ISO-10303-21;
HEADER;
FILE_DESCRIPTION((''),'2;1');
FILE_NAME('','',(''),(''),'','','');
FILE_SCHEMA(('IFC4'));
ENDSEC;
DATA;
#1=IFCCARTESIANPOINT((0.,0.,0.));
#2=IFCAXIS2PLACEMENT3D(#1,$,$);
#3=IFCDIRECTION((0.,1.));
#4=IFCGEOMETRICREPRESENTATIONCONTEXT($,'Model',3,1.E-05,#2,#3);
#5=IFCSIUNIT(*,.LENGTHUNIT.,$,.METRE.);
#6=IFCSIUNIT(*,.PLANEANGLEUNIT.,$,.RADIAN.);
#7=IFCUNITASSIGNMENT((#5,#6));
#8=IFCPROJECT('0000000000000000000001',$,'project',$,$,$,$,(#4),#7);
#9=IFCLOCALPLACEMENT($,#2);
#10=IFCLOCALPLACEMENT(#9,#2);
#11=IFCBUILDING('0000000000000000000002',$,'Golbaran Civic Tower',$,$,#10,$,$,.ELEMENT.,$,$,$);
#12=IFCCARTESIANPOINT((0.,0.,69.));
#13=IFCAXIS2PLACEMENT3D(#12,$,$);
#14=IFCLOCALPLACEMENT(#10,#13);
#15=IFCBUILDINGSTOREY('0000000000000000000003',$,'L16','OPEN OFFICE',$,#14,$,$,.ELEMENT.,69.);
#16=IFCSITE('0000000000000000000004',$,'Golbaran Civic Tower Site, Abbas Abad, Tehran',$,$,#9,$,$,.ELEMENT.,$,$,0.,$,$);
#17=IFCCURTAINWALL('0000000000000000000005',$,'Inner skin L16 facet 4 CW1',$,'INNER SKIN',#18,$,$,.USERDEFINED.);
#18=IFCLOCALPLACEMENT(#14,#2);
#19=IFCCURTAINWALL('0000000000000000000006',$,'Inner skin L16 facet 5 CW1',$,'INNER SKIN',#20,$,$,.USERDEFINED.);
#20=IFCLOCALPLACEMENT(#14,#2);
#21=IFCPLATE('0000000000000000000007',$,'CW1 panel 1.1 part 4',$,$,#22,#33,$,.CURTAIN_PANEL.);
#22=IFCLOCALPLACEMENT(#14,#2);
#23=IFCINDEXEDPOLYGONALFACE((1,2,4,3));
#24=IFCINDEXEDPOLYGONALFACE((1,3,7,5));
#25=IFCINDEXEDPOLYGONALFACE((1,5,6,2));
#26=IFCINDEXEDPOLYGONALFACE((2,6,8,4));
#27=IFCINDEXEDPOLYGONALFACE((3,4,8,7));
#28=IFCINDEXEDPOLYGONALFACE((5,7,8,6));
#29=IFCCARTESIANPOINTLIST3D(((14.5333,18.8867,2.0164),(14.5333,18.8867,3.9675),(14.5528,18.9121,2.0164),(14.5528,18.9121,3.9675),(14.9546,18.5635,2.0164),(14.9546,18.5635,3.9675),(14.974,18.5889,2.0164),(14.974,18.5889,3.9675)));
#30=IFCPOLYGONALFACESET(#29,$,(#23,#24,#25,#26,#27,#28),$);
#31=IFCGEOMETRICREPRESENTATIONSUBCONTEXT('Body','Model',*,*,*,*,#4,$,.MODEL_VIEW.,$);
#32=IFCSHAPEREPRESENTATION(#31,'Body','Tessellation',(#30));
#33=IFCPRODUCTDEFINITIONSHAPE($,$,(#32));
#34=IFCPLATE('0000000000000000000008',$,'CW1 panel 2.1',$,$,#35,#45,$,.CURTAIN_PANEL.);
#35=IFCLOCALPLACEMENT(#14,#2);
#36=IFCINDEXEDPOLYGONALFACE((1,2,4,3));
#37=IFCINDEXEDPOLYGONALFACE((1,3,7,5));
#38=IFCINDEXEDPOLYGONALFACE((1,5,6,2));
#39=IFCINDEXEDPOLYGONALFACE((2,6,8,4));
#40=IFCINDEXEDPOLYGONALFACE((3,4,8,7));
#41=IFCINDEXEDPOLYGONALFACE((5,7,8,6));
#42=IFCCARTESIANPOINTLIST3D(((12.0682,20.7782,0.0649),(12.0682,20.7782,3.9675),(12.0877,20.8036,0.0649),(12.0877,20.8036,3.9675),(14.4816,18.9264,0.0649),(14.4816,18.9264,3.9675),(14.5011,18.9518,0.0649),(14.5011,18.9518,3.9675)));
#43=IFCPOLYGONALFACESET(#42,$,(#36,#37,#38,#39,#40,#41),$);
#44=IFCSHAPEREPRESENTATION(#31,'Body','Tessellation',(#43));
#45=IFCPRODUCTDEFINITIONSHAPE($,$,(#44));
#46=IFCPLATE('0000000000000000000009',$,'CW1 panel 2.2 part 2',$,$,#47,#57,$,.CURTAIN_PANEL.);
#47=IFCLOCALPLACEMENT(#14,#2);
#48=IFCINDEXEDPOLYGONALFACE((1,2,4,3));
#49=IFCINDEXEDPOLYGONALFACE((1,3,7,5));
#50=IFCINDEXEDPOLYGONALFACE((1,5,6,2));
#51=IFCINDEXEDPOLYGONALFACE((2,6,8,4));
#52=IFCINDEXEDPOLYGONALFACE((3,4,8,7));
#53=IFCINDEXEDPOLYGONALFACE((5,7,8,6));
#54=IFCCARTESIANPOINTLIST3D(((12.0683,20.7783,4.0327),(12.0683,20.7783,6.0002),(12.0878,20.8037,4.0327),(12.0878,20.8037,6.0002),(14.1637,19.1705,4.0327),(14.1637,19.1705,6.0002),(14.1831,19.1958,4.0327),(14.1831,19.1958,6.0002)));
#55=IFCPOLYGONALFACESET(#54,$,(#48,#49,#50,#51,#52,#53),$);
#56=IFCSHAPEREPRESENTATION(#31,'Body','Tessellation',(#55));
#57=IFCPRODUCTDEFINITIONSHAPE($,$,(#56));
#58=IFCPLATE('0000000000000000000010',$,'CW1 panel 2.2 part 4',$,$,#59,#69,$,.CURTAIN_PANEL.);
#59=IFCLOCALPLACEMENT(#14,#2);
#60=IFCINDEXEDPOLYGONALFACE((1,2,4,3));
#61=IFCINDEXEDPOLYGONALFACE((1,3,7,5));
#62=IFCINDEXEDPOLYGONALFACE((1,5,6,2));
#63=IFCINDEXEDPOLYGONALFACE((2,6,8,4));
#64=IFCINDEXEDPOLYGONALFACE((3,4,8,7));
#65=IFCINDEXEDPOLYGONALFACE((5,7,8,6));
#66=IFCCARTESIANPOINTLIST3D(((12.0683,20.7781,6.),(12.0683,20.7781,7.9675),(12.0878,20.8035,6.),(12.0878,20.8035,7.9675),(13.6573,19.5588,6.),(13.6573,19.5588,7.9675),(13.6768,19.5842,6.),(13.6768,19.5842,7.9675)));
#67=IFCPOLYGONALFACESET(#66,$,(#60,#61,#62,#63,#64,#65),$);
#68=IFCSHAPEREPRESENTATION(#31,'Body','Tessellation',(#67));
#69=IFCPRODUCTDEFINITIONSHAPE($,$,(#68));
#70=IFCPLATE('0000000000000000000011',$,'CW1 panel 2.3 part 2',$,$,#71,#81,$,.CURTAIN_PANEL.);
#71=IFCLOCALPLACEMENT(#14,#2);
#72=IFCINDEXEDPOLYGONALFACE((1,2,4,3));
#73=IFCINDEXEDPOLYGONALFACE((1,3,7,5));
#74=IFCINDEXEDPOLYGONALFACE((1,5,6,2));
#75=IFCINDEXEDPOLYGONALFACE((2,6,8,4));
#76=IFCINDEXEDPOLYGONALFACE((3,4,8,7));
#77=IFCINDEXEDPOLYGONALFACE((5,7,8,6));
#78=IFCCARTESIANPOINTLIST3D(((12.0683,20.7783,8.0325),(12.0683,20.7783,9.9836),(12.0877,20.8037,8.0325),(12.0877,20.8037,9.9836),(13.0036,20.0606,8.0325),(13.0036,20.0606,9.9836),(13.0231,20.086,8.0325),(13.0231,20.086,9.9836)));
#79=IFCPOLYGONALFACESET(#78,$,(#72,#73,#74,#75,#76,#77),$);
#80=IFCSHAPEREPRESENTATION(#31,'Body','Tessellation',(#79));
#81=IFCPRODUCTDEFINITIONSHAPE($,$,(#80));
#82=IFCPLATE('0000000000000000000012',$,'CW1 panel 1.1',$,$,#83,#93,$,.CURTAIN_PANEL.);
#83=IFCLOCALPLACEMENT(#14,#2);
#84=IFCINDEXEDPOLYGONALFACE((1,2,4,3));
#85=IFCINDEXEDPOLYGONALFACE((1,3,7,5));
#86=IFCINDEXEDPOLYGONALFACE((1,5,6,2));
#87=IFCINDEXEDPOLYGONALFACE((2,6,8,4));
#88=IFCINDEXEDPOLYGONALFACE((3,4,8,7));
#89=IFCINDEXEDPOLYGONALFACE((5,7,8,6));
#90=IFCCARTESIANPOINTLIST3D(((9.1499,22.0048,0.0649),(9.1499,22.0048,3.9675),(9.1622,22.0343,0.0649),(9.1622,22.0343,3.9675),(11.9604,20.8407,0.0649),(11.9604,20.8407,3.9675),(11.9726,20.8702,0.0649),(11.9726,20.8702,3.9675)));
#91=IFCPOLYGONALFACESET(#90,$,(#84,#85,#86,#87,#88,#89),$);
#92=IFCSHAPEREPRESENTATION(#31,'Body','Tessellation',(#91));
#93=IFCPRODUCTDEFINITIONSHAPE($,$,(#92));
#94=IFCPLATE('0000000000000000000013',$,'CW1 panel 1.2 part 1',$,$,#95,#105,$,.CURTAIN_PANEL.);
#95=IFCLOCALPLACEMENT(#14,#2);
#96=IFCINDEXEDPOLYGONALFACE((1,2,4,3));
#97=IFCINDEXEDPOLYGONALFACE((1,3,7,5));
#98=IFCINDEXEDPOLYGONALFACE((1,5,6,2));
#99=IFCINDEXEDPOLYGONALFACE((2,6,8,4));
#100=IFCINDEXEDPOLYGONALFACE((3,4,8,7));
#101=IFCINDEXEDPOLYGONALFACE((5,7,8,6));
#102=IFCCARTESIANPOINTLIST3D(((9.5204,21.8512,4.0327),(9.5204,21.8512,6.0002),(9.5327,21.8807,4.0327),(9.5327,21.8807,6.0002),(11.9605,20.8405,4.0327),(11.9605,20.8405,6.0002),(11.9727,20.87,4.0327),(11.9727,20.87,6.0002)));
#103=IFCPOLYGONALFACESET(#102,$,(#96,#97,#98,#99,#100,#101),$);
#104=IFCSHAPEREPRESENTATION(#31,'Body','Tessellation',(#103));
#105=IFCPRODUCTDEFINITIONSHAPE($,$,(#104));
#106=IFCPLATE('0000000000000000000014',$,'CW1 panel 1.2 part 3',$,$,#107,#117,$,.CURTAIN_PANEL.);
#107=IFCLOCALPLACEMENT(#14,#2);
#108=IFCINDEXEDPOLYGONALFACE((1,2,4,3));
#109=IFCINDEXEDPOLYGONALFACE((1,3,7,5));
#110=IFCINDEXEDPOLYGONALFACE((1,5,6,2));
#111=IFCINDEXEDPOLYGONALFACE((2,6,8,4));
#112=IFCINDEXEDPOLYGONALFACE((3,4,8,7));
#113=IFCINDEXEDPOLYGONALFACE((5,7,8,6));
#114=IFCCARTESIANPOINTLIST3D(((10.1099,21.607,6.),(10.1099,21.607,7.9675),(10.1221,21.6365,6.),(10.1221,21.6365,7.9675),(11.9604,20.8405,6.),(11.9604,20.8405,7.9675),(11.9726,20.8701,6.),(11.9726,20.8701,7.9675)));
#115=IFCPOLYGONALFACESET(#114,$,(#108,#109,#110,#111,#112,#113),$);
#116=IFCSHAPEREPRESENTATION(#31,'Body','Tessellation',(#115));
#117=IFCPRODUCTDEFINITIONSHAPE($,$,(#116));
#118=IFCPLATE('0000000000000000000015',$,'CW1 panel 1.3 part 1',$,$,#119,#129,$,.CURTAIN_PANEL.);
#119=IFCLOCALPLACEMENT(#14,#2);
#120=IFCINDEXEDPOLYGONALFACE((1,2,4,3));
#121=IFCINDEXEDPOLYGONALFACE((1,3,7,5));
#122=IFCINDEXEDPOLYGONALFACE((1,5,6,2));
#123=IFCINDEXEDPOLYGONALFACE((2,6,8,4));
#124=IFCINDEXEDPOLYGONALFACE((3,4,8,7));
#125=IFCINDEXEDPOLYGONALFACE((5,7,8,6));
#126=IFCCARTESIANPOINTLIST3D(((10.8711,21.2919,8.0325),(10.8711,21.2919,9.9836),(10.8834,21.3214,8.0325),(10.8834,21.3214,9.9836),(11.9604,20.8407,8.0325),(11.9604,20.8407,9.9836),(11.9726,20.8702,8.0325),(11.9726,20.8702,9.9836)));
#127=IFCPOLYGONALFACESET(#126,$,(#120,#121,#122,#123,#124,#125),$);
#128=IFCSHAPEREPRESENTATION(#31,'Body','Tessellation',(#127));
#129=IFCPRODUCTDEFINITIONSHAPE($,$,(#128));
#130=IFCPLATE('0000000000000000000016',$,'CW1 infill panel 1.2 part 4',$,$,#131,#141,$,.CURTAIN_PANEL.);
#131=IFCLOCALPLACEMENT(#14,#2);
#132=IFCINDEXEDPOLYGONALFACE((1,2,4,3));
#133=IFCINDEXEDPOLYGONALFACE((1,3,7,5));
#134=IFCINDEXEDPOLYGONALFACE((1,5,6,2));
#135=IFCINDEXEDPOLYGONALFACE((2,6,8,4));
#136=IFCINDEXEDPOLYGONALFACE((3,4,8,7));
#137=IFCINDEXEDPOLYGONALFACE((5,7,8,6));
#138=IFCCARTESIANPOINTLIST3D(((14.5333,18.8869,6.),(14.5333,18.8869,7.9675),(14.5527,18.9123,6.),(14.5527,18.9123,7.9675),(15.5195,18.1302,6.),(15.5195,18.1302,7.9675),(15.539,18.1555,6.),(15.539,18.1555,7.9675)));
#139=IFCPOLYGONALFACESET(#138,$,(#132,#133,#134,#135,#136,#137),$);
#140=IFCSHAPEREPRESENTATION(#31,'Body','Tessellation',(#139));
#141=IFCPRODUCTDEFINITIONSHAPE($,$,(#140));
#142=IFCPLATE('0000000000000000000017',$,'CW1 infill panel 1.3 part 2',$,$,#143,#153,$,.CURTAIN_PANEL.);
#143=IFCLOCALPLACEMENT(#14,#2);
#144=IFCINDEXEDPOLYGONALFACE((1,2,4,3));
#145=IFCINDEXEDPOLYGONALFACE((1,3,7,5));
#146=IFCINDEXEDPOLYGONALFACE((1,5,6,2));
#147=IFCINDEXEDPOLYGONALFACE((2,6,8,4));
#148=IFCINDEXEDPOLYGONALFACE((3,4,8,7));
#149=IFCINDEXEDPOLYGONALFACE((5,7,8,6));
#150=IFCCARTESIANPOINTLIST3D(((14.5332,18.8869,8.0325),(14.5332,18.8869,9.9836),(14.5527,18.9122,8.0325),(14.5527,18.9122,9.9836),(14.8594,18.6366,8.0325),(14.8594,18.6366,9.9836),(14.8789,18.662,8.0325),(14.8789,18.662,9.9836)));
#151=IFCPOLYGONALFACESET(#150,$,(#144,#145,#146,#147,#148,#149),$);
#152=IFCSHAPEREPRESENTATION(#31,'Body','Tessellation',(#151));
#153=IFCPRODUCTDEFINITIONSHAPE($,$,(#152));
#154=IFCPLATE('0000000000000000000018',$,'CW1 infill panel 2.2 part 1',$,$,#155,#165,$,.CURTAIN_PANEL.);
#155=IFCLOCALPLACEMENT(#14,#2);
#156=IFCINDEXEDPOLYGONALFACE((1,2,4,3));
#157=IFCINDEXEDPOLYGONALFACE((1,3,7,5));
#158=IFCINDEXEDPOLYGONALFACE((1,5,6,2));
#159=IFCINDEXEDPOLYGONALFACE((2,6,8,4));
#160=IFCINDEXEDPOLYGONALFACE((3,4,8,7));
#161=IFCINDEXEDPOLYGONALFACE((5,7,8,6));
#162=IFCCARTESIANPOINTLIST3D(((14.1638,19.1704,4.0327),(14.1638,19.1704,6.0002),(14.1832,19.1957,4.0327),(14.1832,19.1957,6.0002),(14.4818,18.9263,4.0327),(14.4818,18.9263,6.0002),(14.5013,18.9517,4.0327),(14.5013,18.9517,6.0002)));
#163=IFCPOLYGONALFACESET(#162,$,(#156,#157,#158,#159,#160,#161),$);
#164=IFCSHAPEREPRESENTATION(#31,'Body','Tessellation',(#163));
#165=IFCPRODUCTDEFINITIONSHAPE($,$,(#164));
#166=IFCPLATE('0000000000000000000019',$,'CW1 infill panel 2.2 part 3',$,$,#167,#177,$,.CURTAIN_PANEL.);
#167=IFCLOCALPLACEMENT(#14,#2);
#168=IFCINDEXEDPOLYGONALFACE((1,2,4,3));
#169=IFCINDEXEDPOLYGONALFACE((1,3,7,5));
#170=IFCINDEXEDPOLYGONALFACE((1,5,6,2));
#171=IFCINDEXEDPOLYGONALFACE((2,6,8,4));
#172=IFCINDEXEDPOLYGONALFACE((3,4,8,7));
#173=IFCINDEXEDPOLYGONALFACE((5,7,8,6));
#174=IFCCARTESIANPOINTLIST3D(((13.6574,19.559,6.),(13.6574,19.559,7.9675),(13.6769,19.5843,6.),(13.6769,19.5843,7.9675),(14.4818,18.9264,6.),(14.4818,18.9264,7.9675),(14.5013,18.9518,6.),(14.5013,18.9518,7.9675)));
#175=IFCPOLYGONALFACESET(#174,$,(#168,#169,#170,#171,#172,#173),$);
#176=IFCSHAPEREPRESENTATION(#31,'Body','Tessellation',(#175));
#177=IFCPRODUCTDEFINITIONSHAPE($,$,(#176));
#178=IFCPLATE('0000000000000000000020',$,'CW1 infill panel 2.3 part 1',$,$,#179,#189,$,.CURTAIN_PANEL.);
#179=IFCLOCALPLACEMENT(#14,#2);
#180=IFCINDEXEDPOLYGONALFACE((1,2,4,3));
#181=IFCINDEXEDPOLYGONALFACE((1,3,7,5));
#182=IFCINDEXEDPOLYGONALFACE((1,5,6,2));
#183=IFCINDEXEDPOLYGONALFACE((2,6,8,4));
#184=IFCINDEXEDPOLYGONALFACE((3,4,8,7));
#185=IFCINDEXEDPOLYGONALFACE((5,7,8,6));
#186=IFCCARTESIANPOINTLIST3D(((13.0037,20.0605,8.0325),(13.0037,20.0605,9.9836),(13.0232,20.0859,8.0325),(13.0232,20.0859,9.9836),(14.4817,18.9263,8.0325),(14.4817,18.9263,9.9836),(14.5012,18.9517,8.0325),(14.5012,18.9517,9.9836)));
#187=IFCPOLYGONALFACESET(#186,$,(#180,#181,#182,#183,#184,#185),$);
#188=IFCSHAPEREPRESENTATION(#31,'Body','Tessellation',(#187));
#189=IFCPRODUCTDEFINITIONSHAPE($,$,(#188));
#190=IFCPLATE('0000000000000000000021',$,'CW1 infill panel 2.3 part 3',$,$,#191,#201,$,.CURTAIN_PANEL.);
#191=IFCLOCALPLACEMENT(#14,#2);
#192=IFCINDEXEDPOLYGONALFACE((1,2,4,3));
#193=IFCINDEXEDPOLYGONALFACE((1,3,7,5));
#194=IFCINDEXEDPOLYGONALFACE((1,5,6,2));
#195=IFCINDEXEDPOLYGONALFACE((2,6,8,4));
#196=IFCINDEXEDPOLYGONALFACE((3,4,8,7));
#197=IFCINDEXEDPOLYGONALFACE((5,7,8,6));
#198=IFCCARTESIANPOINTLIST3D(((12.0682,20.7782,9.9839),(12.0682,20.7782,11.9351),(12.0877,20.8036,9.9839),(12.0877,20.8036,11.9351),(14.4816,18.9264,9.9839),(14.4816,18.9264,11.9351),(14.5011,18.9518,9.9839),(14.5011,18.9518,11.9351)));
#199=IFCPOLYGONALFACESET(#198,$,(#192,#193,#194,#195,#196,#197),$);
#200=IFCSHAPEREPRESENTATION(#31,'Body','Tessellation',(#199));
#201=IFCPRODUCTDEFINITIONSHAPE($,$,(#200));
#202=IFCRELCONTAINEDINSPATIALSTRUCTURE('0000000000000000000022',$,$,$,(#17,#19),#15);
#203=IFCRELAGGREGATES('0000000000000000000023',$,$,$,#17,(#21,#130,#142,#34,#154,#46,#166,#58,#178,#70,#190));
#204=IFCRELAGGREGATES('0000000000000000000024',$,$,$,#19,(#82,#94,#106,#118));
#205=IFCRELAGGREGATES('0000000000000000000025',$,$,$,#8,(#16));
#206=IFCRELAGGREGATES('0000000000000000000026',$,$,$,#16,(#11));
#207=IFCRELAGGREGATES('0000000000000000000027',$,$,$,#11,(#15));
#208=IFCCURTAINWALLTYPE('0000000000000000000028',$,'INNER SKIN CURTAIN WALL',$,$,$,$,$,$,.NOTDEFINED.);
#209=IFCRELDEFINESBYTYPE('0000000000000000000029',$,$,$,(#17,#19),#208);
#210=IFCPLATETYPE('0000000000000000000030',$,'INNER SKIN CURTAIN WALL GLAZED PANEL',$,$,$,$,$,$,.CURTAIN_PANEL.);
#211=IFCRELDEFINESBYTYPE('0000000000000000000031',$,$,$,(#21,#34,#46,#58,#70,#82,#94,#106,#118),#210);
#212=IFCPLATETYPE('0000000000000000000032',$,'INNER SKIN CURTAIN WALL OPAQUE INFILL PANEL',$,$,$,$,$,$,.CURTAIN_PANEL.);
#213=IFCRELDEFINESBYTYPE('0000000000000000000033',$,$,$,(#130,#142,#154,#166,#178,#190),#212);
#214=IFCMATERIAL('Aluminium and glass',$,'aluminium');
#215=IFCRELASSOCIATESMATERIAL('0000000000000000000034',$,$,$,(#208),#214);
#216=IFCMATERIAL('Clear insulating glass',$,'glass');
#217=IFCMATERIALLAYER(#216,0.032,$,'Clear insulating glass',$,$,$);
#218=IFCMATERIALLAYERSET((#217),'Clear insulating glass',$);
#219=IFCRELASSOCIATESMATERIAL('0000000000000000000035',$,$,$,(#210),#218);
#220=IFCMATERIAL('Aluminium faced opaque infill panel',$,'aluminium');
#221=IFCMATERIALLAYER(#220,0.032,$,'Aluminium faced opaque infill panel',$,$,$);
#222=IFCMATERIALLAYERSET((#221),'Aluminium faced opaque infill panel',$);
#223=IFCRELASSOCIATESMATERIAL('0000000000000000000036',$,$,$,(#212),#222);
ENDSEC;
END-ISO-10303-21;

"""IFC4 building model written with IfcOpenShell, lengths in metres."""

from ifc_helpers import new_model, si_unit, direction, frame, origin, origin_2d, place, context, subcontext, project, spatial, rectangle, extrude, material, layer, layer_set, type_object, element, aggregate, save


model = new_model("IFC4")

# Units and contexts
model_context = context("Model", 3, precision=1e-05, world=origin(), true_north=direction((0.0, 1.0)))
body_context = subcontext(model_context, "Body", "Model", "MODEL_VIEW")
ifc_project = project(units=[si_unit("LENGTHUNIT", "METRE"), si_unit("PLANEANGLEUNIT", "RADIAN")], contexts=[model_context])

# Site, building, storey
site_placement = place(None, origin())
site = spatial("IfcSite", under=ifc_project, at=site_placement, Name="Golbaran Civic Tower Site, Abbas Abad, Tehran", CompositionType="ELEMENT", RefElevation=0.0)
building_placement = place(site_placement, origin())
building = spatial("IfcBuilding", under=site, at=building_placement, Name="Golbaran Civic Tower", CompositionType="ELEMENT")
storey_placement = place(building_placement, frame((0.0, 0.0, 69.0)))
storey = spatial("IfcBuildingStorey", under=building, at=storey_placement, Name="L16", Description="OPEN OFFICE", CompositionType="ELEMENT", Elevation=69.0)

# Curtain walls
ifc_material_1 = material(Name="Aluminium and glass", Category="aluminium")
curtain_wall_type_1 = type_object("IfcCurtainWallType", Name="INNER SKIN CURTAIN WALL", PredefinedType="NOTDEFINED", material=ifc_material_1)
curtain_wall_1_placement = place(storey_placement, origin())
curtain_wall_1 = element("IfcCurtainWall", 1, at=curtain_wall_1_placement, inside=storey, type_object=curtain_wall_type_1, Name="Inner skin L16 facet 4 CW1", ObjectType="INNER SKIN", PredefinedType="USERDEFINED")
curtain_wall_2_placement = place(storey_placement, origin())
curtain_wall_2 = element("IfcCurtainWall", 2, at=curtain_wall_2_placement, inside=storey, type_object=curtain_wall_type_1, Name="Inner skin L16 facet 5 CW1", ObjectType="INNER SKIN", PredefinedType="USERDEFINED")

# Plates
ifc_material_2 = material(Name="Clear insulating glass", Category="glass")
ifc_layer_1 = layer(ifc_material_2, 0.032, Name="Clear insulating glass")
ifc_layer_set_1 = layer_set([ifc_layer_1], Name="Clear insulating glass")
plate_type_1 = type_object("IfcPlateType", Name="INNER SKIN CURTAIN WALL GLAZED PANEL", PredefinedType="CURTAIN_PANEL", material=ifc_layer_set_1)
plate_1_placement = place(storey_placement, frame((14.7537, 18.7378, 2.0164), z_axis=(0.0, 0.0, 1.0), x_axis=(-0.793353, 0.608761, 0.0)))
plate_1 = element("IfcPlate", 3, at=plate_1_placement, type_object=plate_type_1, Name="CW1 panel 1.1 part 4", PredefinedType="CURTAIN_PANEL", context=body_context, shape_type="SweptSolid", body=[
    extrude(rectangle(XDim=0.531, YDim=0.032, at=origin_2d()), origin(), (0.0, 0.0, 1.0), 1.9512),
])
plate_2_placement = place(storey_placement, frame((13.2847, 19.865, 0.0649), z_axis=(0.0, 0.0, 1.0), x_axis=(-0.793353, 0.608761, 0.0)))
plate_2 = element("IfcPlate", 4, at=plate_2_placement, type_object=plate_type_1, Name="CW1 panel 2.1", PredefinedType="CURTAIN_PANEL", context=body_context, shape_type="SweptSolid", body=[
    extrude(rectangle(XDim=3.042, YDim=0.032, at=origin_2d()), origin(), (0.0, 0.0, 1.0), 3.9026),
])
plate_3_placement = place(storey_placement, frame((13.1257, 19.9871, 4.0327), z_axis=(0.0, 0.0, 1.0), x_axis=(-0.793353, 0.608761, 0.0)))
plate_3 = element("IfcPlate", 5, at=plate_3_placement, type_object=plate_type_1, Name="CW1 panel 2.2 part 2", PredefinedType="CURTAIN_PANEL", context=body_context, shape_type="SweptSolid", body=[
    extrude(rectangle(XDim=2.6411, YDim=0.032, at=origin_2d()), origin(), (0.0, 0.0, 1.0), 1.9675),
])
plate_4_placement = place(storey_placement, frame((12.8726, 20.1812, 6.0), z_axis=(0.0, 0.0, 1.0), x_axis=(-0.793353, 0.608761, 0.0)))
plate_4 = element("IfcPlate", 6, at=plate_4_placement, type_object=plate_type_1, Name="CW1 panel 2.2 part 4", PredefinedType="CURTAIN_PANEL", context=body_context, shape_type="SweptSolid", body=[
    extrude(rectangle(XDim=2.0029, YDim=0.032, at=origin_2d()), origin(), (0.0, 0.0, 1.0), 1.9675),
])
plate_5_placement = place(storey_placement, frame((12.5457, 20.4321, 8.0325), z_axis=(0.0, 0.0, 1.0), x_axis=(-0.793353, 0.608761, 0.0)))
plate_5 = element("IfcPlate", 7, at=plate_5_placement, type_object=plate_type_1, Name="CW1 panel 2.3 part 2", PredefinedType="CURTAIN_PANEL", context=body_context, shape_type="SweptSolid", body=[
    extrude(rectangle(XDim=1.179, YDim=0.032, at=origin_2d()), origin(), (0.0, 0.0, 1.0), 1.9512),
])
plate_6_placement = place(storey_placement, frame((10.5613, 21.4375, 0.0649), z_axis=(0.0, 0.0, 1.0), x_axis=(-0.92388, 0.382683, 0.0)))
plate_6 = element("IfcPlate", 8, at=plate_6_placement, type_object=plate_type_1, Name="CW1 panel 1.1", PredefinedType="CURTAIN_PANEL", context=body_context, shape_type="SweptSolid", body=[
    extrude(rectangle(XDim=3.042, YDim=0.032, at=origin_2d()), origin(), (0.0, 0.0, 1.0), 3.9026),
])
plate_7_placement = place(storey_placement, frame((10.7466, 21.3606, 4.0327), z_axis=(0.0, 0.0, 1.0), x_axis=(-0.92388, 0.382683, 0.0)))
plate_7 = element("IfcPlate", 9, at=plate_7_placement, type_object=plate_type_1, Name="CW1 panel 1.2 part 1", PredefinedType="CURTAIN_PANEL", context=body_context, shape_type="SweptSolid", body=[
    extrude(rectangle(XDim=2.6411, YDim=0.032, at=origin_2d()), origin(), (0.0, 0.0, 1.0), 1.9675),
])
plate_8_placement = place(storey_placement, frame((11.0413, 21.2385, 6.0), z_axis=(0.0, 0.0, 1.0), x_axis=(-0.92388, 0.382683, 0.0)))
plate_8 = element("IfcPlate", 10, at=plate_8_placement, type_object=plate_type_1, Name="CW1 panel 1.2 part 3", PredefinedType="CURTAIN_PANEL", context=body_context, shape_type="SweptSolid", body=[
    extrude(rectangle(XDim=2.0029, YDim=0.032, at=origin_2d()), origin(), (0.0, 0.0, 1.0), 1.9675),
])
plate_9_placement = place(storey_placement, frame((11.4219, 21.0811, 8.0325), z_axis=(0.0, 0.0, 1.0), x_axis=(-0.92388, 0.382683, 0.0)))
plate_9 = element("IfcPlate", 11, at=plate_9_placement, type_object=plate_type_1, Name="CW1 panel 1.3 part 1", PredefinedType="CURTAIN_PANEL", context=body_context, shape_type="SweptSolid", body=[
    extrude(rectangle(XDim=1.179, YDim=0.032, at=origin_2d()), origin(), (0.0, 0.0, 1.0), 1.9512),
])
ifc_material_3 = material(Name="Aluminium faced opaque infill panel", Category="aluminium")
ifc_layer_2 = layer(ifc_material_3, 0.032, Name="Aluminium faced opaque infill panel")
ifc_layer_set_2 = layer_set([ifc_layer_2], Name="Aluminium faced opaque infill panel")
plate_type_2 = type_object("IfcPlateType", Name="INNER SKIN CURTAIN WALL OPAQUE INFILL PANEL", PredefinedType="CURTAIN_PANEL", material=ifc_layer_set_2)
plate_10_placement = place(storey_placement, frame((15.0361, 18.5212, 6.0), z_axis=(0.0, 0.0, 1.0), x_axis=(-0.793353, 0.608761, 0.0)))
plate_10 = element("IfcPlate", 12, at=plate_10_placement, type_object=plate_type_2, Name="CW1 infill panel 1.2 part 4", PredefinedType="CURTAIN_PANEL", context=body_context, shape_type="SweptSolid", body=[
    extrude(rectangle(XDim=1.2432, YDim=0.032, at=origin_2d()), origin(), (0.0, 0.0, 1.0), 1.9675),
])
plate_11_placement = place(storey_placement, frame((14.7061, 18.7744, 8.0325), z_axis=(0.0, 0.0, 1.0), x_axis=(-0.793353, 0.608761, 0.0)))
plate_11 = element("IfcPlate", 13, at=plate_11_placement, type_object=plate_type_2, Name="CW1 infill panel 1.3 part 2", PredefinedType="CURTAIN_PANEL", context=body_context, shape_type="SweptSolid", body=[
    extrude(rectangle(XDim=0.4111, YDim=0.032, at=origin_2d()), origin(), (0.0, 0.0, 1.0), 1.9512),
])
plate_12_placement = place(storey_placement, frame((14.3325, 19.061, 4.0327), z_axis=(0.0, 0.0, 1.0), x_axis=(-0.793353, 0.608761, 0.0)))
plate_12 = element("IfcPlate", 14, at=plate_12_placement, type_object=plate_type_2, Name="CW1 infill panel 2.2 part 1", PredefinedType="CURTAIN_PANEL", context=body_context, shape_type="SweptSolid", body=[
    extrude(rectangle(XDim=0.4009, YDim=0.032, at=origin_2d()), origin(), (0.0, 0.0, 1.0), 1.9675),
])
plate_13_placement = place(storey_placement, frame((14.0793, 19.2554, 6.0), z_axis=(0.0, 0.0, 1.0), x_axis=(-0.793353, 0.608761, 0.0)))
plate_13 = element("IfcPlate", 15, at=plate_13_placement, type_object=plate_type_2, Name="CW1 infill panel 2.2 part 3", PredefinedType="CURTAIN_PANEL", context=body_context, shape_type="SweptSolid", body=[
    extrude(rectangle(XDim=1.0391, YDim=0.032, at=origin_2d()), origin(), (0.0, 0.0, 1.0), 1.9675),
])
plate_14_placement = place(storey_placement, frame((13.7524, 19.5061, 8.0325), z_axis=(0.0, 0.0, 1.0), x_axis=(-0.793353, 0.608761, 0.0)))
plate_14 = element("IfcPlate", 16, at=plate_14_placement, type_object=plate_type_2, Name="CW1 infill panel 2.3 part 1", PredefinedType="CURTAIN_PANEL", context=body_context, shape_type="SweptSolid", body=[
    extrude(rectangle(XDim=1.863, YDim=0.032, at=origin_2d()), origin(), (0.0, 0.0, 1.0), 1.9512),
])
plate_15_placement = place(storey_placement, frame((13.2847, 19.865, 9.9839), z_axis=(0.0, 0.0, 1.0), x_axis=(-0.793353, 0.608761, 0.0)))
plate_15 = element("IfcPlate", 17, at=plate_15_placement, type_object=plate_type_2, Name="CW1 infill panel 2.3 part 3", PredefinedType="CURTAIN_PANEL", context=body_context, shape_type="SweptSolid", body=[
    extrude(rectangle(XDim=3.042, YDim=0.032, at=origin_2d()), origin(), (0.0, 0.0, 1.0), 1.9512),
])
aggregate(curtain_wall_1, [plate_1, plate_10, plate_11, plate_2, plate_12, plate_3, plate_13, plate_4, plate_14, plate_5, plate_15])
aggregate(curtain_wall_2, [plate_6, plate_7, plate_8, plate_9])

save(model, "model.ifc")
